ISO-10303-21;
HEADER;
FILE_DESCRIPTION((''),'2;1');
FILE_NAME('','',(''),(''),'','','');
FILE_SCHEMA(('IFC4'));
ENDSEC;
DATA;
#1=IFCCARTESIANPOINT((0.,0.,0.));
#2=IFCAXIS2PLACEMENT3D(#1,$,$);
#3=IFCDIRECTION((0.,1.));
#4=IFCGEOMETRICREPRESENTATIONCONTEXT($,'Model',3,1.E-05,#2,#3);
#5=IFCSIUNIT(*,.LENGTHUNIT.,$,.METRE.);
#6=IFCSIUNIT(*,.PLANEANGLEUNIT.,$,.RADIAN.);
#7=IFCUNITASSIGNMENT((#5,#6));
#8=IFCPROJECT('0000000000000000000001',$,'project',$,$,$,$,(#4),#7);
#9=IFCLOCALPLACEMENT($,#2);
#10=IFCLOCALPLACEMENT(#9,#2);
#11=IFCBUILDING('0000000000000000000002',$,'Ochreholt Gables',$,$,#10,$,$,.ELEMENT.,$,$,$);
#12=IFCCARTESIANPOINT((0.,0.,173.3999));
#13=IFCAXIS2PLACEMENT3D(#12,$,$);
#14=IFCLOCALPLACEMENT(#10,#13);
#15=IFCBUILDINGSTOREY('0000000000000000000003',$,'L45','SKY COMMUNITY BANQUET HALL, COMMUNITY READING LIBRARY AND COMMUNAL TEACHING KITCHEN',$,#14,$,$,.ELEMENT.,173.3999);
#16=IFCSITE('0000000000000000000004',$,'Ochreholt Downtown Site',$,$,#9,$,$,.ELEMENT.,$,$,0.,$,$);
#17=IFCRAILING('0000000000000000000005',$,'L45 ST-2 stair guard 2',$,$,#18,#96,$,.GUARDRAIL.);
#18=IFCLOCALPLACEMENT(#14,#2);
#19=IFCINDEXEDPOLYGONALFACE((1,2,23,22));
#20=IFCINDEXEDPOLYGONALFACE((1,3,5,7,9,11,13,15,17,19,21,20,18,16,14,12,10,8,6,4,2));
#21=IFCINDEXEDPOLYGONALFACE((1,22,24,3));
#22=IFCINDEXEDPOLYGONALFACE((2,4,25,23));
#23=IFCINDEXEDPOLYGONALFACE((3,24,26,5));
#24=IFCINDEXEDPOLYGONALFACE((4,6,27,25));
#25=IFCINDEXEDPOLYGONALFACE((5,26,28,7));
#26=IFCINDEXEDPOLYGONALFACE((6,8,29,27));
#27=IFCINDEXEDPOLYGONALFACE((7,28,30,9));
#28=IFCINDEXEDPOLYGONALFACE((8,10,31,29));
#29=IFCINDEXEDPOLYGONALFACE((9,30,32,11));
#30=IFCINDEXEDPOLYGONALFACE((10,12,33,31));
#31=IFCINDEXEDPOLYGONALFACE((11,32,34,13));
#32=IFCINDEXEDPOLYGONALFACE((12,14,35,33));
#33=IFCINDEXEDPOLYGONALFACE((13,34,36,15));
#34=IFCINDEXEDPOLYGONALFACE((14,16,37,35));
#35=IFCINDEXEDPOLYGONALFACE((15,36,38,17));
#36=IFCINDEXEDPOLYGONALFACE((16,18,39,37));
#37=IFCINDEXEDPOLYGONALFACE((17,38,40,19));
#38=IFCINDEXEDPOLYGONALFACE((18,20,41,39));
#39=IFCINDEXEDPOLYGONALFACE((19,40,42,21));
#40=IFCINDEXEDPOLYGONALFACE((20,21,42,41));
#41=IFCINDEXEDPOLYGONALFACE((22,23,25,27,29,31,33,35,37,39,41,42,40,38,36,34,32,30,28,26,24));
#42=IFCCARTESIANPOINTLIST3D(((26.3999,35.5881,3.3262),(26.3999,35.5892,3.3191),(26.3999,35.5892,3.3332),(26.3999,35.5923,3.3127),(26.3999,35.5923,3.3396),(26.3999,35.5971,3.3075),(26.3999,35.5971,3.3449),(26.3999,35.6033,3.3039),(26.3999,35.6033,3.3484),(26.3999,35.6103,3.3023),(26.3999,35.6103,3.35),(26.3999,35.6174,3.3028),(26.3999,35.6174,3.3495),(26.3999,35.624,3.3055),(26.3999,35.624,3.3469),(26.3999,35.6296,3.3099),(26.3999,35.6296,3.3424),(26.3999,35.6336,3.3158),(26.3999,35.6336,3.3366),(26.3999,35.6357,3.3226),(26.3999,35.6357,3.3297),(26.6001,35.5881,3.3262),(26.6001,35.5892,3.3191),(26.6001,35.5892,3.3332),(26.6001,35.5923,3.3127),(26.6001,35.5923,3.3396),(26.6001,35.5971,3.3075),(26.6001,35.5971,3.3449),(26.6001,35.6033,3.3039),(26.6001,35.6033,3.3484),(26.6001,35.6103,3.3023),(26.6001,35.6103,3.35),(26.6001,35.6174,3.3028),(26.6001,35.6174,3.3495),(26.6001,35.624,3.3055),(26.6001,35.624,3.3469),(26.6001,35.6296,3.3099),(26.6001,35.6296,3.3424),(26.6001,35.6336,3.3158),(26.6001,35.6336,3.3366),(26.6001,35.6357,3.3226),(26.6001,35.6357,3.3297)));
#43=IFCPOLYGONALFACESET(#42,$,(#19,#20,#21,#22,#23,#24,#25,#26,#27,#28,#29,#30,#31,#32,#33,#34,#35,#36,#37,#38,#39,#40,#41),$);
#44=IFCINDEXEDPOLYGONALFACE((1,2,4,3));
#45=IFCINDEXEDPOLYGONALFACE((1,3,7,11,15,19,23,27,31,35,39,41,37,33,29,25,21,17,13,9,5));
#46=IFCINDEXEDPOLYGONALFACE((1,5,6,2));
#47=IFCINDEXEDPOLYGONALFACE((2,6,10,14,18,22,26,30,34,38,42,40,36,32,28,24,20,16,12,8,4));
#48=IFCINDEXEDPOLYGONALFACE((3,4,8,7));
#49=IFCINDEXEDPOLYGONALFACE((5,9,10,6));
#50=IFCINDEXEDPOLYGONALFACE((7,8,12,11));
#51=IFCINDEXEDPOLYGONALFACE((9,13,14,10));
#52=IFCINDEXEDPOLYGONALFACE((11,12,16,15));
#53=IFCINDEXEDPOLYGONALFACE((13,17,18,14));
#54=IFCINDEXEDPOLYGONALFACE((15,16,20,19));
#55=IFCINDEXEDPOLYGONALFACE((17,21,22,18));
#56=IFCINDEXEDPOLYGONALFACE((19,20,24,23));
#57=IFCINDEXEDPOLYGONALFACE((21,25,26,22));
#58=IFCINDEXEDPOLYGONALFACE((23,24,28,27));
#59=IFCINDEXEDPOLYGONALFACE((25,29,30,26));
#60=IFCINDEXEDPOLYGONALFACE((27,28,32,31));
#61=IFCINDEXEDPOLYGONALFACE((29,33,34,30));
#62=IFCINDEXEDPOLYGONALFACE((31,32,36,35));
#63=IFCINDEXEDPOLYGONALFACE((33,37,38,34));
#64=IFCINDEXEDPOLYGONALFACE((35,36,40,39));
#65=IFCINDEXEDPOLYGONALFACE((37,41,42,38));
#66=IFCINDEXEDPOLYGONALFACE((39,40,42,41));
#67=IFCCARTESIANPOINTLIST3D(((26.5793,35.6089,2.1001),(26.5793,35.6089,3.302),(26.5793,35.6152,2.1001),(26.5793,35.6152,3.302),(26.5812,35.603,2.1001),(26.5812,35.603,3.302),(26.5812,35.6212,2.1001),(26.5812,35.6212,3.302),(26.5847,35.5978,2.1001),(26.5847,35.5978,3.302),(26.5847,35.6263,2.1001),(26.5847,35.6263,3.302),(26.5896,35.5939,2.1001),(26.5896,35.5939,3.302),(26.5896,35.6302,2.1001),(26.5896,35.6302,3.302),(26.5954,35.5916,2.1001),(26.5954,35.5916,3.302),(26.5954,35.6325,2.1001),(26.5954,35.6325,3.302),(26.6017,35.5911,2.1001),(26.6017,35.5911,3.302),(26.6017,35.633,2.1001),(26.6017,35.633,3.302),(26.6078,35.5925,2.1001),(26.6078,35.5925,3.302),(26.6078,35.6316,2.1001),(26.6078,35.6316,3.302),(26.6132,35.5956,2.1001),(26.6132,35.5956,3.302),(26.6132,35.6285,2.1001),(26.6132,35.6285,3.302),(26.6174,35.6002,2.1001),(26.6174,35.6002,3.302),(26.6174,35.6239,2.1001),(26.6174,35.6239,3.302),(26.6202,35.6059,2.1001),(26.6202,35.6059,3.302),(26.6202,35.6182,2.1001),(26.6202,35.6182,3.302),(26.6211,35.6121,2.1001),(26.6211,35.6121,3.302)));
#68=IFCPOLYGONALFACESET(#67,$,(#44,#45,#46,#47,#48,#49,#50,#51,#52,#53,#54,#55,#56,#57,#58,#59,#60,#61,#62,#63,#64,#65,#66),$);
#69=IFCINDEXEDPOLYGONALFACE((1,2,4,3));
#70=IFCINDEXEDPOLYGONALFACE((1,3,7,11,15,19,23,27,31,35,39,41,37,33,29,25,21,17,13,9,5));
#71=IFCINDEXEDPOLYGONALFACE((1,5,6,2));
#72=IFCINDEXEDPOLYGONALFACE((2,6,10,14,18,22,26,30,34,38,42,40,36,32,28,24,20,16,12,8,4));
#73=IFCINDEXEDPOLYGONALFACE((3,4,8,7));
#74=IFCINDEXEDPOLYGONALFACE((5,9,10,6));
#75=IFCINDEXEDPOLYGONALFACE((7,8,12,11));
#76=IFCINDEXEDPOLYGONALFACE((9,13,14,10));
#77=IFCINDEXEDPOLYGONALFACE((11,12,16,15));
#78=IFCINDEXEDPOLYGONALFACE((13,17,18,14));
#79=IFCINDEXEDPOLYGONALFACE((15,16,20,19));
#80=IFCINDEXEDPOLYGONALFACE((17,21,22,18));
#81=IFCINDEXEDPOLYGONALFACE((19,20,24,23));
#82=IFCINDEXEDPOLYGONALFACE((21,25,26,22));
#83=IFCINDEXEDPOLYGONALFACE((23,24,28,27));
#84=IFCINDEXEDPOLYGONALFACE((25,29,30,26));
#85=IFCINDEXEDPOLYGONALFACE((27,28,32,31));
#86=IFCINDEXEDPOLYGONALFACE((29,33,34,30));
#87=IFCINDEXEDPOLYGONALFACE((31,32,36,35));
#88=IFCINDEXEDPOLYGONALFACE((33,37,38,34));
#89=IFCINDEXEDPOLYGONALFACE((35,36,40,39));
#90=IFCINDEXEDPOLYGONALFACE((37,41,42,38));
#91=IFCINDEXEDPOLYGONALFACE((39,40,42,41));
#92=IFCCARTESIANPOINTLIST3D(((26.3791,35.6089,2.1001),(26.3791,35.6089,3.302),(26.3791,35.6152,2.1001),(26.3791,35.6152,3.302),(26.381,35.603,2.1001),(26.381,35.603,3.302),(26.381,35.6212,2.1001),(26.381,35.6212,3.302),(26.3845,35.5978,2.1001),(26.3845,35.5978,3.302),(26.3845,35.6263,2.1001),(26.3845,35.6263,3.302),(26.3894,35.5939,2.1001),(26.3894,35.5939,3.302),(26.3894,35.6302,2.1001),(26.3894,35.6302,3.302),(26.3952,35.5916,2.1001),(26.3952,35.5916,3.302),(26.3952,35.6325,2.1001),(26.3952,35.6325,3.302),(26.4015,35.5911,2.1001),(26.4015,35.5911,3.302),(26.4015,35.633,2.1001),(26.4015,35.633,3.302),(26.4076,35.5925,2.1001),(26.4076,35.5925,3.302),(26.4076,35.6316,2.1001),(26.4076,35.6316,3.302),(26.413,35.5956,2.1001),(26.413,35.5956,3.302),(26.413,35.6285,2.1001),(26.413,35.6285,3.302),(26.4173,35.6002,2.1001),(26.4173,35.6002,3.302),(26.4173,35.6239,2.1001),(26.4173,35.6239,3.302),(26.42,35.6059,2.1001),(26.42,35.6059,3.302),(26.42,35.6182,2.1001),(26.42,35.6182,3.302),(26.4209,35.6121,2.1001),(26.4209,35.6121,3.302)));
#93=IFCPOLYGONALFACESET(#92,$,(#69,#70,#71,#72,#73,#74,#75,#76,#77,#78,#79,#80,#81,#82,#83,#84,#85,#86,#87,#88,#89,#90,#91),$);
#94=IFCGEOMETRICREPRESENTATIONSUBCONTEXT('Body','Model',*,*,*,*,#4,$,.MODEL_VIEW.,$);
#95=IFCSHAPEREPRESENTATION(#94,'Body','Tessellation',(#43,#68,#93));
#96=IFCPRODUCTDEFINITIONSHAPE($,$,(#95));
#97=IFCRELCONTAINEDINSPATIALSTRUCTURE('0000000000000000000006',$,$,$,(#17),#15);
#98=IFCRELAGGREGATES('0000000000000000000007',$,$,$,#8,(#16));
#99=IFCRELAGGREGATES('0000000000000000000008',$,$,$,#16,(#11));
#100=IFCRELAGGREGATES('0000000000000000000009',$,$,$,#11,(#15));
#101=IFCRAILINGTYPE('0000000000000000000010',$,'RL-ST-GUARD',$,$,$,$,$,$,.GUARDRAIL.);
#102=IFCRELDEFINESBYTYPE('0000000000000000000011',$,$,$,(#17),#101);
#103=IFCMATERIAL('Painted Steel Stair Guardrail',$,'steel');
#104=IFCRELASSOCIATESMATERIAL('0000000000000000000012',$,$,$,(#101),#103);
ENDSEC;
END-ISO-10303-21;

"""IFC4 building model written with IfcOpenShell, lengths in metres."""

from ifc_helpers import new_model, si_unit, direction, frame, origin, origin_2d, place, context, subcontext, project, spatial, circle, extrude, material, type_object, element, save


model = new_model("IFC4")

# Units and contexts
model_context = context("Model", 3, precision=1e-05, world=origin(), true_north=direction((0.0, 1.0)))
body_context = subcontext(model_context, "Body", "Model", "MODEL_VIEW")
ifc_project = project(units=[si_unit("LENGTHUNIT", "METRE"), si_unit("PLANEANGLEUNIT", "RADIAN")], contexts=[model_context])

# Site, building, storey
site_placement = place(None, origin())
site = spatial("IfcSite", under=ifc_project, at=site_placement, Name="Ochreholt Downtown Site", CompositionType="ELEMENT", RefElevation=0.0)
building_placement = place(site_placement, origin())
building = spatial("IfcBuilding", under=site, at=building_placement, Name="Ochreholt Gables", CompositionType="ELEMENT")
storey_placement = place(building_placement, frame((0.0, 0.0, 173.3999)))
storey = spatial("IfcBuildingStorey", under=building, at=storey_placement, Name="L45", Description="SKY COMMUNITY BANQUET HALL, COMMUNITY READING LIBRARY AND COMMUNAL TEACHING KITCHEN", CompositionType="ELEMENT", Elevation=173.3999)

# Railing
ifc_material_1 = material(Name="Painted Steel Stair Guardrail", Category="steel")
railing_type = type_object("IfcRailingType", Name="RL-ST-GUARD", PredefinedType="GUARDRAIL", material=ifc_material_1)
railing_1_placement = place(storey_placement, frame((26.6001, 35.6121, 2.1001)))
element("IfcRailing", 1, at=railing_1_placement, inside=storey, type_object=railing_type, Name="L45 ST-2 stair guard 2", PredefinedType="GUARDRAIL", context=body_context, shape_type="SweptSolid", body=[
    extrude(circle(Radius=0.0239, at=origin_2d()), frame((0.0, 0.0, 1.2261), z_axis=(-1.0, 0.0, 0.0), x_axis=(0.0, -1.0, 0.0)), (0.0, 0.0, 1.0), 0.2002),
    extrude(circle(Radius=0.021, at=origin_2d()), origin(), (0.0, 0.0, 1.0), 1.2019),
    extrude(circle(Radius=0.021, at=origin_2d()), frame((-0.2002, 0.0, 0.0)), (0.0, 0.0, 1.0), 1.2019),
])

save(model, "model.ifc")
